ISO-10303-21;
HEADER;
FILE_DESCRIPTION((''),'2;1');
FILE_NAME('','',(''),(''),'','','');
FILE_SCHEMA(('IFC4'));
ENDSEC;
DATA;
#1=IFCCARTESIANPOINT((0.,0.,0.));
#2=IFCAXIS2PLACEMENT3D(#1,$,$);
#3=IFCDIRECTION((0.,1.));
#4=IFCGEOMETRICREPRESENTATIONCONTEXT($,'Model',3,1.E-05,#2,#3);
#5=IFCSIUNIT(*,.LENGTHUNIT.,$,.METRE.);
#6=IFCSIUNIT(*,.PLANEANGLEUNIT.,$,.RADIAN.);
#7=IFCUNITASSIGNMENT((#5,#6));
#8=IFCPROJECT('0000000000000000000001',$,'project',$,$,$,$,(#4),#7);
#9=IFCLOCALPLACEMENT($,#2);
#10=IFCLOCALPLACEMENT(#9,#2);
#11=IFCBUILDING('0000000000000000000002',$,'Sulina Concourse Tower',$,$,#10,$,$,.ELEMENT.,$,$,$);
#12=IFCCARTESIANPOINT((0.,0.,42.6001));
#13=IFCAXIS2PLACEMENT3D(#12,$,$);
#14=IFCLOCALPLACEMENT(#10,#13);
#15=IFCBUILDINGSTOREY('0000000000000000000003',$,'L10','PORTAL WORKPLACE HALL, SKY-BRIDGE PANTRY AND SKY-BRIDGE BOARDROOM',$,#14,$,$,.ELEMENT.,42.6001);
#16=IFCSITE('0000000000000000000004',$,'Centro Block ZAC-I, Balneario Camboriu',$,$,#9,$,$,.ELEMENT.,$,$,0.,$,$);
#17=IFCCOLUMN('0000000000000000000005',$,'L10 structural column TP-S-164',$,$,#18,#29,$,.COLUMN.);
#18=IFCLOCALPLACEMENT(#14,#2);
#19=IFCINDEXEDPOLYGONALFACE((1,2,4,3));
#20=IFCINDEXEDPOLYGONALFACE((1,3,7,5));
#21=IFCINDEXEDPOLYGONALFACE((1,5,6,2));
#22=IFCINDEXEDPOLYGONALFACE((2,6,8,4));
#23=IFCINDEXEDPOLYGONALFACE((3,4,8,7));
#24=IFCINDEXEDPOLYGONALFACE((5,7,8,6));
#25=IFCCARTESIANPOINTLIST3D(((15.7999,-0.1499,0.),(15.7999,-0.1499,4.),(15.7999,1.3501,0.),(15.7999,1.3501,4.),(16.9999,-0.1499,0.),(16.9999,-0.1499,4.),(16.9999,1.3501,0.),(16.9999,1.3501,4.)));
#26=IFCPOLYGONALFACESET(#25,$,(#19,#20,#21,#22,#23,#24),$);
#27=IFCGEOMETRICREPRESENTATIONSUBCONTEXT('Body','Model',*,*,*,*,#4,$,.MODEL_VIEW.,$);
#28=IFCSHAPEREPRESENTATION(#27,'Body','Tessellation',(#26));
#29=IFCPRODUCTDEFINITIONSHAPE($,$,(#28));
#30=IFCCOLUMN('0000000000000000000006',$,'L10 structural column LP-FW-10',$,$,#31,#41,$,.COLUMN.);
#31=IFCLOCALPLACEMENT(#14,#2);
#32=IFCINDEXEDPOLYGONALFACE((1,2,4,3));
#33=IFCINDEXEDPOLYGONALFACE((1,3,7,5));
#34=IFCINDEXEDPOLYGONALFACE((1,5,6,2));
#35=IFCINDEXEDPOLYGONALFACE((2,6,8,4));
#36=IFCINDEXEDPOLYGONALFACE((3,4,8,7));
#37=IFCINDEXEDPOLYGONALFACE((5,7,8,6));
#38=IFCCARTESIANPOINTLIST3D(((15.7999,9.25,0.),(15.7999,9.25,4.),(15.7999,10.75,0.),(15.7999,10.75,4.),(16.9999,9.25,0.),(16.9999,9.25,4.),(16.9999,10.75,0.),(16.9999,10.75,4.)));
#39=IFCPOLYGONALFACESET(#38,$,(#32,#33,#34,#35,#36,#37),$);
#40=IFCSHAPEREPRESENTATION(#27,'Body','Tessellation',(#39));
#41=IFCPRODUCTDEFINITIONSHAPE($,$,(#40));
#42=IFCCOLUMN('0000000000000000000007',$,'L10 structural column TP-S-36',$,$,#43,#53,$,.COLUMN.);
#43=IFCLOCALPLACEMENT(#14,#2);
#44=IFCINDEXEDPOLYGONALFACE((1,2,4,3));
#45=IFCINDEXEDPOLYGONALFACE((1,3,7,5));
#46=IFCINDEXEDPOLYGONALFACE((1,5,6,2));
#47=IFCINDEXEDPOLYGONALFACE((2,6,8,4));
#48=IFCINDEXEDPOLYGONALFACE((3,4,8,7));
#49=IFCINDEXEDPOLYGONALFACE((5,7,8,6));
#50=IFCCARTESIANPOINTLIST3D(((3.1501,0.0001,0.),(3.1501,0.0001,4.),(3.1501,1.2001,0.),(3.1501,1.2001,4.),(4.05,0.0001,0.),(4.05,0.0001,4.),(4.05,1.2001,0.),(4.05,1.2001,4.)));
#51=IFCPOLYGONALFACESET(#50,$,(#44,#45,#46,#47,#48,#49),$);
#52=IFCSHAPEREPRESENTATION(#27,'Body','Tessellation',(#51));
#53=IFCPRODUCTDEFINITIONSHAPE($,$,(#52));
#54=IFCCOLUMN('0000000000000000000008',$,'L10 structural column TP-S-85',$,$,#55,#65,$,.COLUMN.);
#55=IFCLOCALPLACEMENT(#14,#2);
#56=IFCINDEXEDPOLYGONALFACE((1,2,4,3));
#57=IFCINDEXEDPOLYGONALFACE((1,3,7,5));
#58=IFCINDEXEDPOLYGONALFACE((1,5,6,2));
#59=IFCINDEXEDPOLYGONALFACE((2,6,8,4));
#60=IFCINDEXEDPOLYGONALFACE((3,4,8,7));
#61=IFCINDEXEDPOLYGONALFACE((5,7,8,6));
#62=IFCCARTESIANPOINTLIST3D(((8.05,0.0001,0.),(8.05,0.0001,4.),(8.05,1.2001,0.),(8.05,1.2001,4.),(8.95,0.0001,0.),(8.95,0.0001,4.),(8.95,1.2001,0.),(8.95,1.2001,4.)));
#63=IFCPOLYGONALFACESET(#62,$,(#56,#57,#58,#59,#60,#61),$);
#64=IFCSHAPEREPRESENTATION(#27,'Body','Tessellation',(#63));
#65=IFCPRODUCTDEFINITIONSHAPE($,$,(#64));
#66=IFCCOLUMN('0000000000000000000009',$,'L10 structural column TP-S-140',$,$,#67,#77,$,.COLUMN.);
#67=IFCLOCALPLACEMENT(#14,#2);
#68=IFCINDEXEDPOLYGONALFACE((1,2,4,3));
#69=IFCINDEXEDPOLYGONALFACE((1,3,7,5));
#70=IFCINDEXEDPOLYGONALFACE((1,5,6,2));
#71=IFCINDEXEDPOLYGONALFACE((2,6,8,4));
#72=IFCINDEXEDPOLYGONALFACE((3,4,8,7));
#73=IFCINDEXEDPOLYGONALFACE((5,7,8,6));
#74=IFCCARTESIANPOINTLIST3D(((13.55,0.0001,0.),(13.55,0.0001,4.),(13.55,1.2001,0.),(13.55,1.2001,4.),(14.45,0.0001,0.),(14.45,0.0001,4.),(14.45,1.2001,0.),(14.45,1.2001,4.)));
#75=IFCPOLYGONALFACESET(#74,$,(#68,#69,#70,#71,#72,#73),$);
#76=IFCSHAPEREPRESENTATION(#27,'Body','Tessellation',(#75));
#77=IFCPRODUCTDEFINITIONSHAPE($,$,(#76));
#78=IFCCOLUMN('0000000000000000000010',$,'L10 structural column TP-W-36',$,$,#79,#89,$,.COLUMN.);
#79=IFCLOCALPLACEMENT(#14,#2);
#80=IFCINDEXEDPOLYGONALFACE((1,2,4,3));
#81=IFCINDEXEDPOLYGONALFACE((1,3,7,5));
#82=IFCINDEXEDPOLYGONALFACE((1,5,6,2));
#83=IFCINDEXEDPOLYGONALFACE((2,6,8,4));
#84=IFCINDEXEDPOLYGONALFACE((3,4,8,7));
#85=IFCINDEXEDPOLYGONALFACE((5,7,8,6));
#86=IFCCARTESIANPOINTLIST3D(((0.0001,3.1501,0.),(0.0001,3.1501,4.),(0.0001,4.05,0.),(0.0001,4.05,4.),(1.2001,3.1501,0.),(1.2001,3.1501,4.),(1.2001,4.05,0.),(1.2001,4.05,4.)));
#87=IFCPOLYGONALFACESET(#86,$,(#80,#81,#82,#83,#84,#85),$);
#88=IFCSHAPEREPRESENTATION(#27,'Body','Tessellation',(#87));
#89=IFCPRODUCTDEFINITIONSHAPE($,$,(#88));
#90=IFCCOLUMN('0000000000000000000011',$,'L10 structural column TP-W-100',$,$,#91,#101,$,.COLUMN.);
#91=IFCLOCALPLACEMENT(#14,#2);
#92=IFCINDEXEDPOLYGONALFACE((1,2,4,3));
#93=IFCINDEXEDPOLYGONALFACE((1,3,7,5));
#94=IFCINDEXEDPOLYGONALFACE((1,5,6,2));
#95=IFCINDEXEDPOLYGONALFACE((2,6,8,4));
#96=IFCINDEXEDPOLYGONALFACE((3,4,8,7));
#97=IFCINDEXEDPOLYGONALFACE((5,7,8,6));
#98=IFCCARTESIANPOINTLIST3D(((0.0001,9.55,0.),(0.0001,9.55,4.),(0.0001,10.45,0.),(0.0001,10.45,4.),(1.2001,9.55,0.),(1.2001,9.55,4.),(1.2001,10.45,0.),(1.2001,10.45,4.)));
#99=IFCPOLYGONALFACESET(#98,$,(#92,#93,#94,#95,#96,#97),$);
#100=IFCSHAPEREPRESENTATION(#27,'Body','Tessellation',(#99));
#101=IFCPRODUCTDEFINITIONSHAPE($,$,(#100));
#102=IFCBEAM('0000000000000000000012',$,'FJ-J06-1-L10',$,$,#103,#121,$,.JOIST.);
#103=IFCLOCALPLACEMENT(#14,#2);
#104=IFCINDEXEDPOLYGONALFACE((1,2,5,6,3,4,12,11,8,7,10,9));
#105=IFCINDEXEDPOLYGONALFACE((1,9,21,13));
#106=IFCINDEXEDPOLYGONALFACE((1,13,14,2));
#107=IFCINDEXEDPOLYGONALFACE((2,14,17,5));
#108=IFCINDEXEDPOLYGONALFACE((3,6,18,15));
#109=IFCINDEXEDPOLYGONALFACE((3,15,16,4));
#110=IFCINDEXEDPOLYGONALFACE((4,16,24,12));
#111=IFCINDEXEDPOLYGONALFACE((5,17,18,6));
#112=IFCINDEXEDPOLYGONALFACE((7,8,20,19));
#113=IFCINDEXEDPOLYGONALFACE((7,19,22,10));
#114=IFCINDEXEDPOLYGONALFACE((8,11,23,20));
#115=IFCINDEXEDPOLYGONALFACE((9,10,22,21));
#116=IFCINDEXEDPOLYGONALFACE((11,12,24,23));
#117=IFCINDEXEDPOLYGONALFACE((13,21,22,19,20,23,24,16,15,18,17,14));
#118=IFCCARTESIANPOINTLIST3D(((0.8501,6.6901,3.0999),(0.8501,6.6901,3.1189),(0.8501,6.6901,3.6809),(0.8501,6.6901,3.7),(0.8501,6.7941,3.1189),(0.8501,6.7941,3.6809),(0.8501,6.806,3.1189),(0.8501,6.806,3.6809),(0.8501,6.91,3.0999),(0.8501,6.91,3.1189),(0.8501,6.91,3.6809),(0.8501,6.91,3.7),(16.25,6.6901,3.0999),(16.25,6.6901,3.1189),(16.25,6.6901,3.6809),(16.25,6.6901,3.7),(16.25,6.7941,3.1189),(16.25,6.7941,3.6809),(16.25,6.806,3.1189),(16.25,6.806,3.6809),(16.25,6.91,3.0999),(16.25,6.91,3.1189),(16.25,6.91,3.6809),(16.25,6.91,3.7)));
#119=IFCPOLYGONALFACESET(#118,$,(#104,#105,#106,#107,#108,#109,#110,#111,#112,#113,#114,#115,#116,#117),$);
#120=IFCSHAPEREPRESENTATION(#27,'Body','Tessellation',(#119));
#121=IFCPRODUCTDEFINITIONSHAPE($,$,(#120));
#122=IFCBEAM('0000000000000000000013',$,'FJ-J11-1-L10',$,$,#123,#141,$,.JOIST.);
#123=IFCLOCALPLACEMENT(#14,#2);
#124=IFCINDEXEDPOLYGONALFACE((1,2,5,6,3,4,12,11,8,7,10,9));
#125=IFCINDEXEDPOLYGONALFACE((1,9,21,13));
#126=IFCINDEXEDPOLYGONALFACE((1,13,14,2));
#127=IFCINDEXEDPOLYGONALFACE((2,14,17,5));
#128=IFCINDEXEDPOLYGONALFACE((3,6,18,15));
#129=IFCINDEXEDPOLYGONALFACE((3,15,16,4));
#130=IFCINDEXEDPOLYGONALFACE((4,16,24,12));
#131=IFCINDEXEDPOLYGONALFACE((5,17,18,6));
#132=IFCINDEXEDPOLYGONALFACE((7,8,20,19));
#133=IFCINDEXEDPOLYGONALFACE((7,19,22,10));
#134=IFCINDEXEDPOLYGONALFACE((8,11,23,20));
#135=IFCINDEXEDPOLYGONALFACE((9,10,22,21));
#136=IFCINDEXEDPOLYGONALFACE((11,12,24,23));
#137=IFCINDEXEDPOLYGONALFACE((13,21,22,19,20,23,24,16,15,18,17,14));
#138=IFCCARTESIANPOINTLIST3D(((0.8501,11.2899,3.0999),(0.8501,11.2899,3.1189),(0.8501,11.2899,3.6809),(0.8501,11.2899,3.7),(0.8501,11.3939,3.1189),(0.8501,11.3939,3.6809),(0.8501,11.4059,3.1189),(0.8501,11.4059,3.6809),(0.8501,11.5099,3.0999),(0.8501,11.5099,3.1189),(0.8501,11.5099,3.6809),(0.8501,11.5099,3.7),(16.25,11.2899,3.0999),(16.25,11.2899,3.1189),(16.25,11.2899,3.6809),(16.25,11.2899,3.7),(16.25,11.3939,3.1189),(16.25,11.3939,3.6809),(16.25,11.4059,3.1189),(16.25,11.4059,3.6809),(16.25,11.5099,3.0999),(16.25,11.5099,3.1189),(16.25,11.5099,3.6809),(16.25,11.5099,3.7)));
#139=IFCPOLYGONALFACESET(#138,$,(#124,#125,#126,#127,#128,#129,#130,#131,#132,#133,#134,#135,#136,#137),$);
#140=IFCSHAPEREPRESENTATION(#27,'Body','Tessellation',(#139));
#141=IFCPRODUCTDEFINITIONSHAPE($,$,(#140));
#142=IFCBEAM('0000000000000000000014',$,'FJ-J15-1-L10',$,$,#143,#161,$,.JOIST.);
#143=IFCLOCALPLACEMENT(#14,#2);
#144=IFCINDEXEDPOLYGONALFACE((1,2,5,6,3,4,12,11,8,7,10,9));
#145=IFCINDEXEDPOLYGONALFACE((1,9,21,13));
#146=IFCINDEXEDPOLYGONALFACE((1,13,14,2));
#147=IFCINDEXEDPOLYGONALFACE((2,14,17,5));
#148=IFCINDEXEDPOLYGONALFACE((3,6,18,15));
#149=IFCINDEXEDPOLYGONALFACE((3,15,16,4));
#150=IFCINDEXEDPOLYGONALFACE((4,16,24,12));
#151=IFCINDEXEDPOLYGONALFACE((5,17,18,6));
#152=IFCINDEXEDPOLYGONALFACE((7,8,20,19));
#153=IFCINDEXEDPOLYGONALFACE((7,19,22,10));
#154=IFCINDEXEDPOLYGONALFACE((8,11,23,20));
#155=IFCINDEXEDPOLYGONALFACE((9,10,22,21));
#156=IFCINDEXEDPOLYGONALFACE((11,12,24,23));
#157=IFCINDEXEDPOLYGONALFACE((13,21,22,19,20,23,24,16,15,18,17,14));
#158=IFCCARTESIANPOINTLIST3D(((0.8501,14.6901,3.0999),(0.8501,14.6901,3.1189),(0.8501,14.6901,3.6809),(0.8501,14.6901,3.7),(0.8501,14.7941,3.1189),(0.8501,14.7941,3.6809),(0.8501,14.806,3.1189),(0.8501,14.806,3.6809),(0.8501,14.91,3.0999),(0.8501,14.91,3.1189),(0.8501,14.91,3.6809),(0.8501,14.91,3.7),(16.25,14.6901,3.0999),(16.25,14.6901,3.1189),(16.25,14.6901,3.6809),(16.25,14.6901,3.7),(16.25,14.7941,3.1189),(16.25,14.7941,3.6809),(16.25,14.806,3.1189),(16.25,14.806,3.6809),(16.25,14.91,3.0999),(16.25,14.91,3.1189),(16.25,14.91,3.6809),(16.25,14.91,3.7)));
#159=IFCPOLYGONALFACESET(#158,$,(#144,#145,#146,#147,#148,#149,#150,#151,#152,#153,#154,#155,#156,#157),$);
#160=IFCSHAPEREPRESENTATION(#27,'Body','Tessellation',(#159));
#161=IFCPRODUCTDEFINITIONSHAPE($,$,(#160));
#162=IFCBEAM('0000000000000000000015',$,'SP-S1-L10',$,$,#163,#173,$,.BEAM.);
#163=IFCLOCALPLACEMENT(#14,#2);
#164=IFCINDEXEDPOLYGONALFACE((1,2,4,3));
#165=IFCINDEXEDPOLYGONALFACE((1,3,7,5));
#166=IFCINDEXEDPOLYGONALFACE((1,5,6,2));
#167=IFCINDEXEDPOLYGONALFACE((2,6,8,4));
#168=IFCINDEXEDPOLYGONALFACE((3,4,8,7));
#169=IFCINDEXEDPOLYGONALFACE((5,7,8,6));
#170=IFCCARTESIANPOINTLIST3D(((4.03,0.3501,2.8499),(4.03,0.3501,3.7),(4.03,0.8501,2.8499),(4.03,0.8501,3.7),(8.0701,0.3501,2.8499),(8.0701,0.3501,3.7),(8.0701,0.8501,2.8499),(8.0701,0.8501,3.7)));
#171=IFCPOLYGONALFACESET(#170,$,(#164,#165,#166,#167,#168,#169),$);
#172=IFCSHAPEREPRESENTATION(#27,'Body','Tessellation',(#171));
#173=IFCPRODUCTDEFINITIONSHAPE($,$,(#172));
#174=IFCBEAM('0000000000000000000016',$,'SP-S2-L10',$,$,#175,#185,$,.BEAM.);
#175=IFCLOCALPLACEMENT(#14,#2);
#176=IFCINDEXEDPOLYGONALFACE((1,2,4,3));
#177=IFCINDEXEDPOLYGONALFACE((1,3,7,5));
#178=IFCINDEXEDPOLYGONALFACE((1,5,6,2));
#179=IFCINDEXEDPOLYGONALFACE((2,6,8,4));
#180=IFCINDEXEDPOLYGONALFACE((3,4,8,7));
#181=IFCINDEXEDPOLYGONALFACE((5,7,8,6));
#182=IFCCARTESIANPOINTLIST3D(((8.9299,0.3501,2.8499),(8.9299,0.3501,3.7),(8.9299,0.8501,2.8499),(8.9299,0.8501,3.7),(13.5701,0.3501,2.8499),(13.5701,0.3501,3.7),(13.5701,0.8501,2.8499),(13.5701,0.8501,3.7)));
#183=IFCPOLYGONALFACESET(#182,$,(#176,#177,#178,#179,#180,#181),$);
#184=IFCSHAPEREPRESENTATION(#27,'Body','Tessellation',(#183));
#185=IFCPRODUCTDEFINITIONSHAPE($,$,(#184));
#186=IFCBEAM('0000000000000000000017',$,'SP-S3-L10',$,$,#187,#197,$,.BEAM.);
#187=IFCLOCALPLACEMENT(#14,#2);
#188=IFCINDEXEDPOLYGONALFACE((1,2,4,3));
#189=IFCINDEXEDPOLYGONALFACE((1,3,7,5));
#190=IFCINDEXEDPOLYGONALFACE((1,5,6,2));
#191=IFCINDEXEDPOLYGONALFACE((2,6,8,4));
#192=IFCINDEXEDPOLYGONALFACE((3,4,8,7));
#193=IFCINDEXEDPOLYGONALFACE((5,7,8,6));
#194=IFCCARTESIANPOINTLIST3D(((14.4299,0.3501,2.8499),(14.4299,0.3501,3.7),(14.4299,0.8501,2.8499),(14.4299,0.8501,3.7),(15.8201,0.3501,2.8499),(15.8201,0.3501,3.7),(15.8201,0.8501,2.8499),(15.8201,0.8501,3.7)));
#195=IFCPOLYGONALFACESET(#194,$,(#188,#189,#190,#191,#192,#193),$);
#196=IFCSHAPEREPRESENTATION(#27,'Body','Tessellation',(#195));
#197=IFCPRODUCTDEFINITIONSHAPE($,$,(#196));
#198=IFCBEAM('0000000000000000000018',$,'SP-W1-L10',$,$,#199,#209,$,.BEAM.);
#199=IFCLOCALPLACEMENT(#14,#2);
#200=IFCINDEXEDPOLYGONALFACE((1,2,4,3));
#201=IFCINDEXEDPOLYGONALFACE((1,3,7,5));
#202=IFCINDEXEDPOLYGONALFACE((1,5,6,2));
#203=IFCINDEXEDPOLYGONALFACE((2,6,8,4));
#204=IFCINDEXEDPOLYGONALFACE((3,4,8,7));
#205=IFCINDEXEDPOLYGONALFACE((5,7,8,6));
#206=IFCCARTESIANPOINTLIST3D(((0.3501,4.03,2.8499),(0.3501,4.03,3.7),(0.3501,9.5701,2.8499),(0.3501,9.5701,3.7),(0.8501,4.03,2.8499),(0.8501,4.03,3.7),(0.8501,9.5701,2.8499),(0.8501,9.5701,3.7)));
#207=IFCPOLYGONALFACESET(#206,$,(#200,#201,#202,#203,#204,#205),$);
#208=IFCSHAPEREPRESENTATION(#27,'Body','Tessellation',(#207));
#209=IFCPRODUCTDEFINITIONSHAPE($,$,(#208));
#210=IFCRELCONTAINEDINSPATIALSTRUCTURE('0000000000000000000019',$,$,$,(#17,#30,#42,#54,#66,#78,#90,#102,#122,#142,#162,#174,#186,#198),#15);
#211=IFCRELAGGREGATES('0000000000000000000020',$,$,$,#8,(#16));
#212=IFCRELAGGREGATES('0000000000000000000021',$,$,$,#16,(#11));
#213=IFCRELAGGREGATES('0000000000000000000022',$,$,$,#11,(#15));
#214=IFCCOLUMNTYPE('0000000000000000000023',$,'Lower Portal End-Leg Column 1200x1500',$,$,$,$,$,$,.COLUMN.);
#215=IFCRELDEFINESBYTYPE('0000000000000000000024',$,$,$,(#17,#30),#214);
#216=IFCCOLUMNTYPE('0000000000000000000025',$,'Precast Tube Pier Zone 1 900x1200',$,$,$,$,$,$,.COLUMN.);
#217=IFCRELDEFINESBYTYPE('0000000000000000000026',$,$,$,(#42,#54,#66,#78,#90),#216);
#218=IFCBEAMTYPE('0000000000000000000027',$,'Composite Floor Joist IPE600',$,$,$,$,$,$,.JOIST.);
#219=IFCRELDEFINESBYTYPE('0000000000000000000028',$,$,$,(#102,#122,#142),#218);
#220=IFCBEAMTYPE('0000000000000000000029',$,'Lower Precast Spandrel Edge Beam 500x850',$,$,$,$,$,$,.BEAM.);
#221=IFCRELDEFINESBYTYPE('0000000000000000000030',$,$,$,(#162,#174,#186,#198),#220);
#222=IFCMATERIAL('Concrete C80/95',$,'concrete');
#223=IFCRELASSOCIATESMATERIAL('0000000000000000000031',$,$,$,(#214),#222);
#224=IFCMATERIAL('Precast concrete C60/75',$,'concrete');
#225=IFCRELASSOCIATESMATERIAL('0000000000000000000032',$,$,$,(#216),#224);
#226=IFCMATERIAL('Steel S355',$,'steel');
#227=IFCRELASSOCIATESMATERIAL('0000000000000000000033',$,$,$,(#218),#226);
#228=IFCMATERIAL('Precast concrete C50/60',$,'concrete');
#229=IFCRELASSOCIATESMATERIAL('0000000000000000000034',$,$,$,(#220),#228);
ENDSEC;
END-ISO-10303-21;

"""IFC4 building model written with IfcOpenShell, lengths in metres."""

from ifc_helpers import new_model, si_unit, direction, frame, origin, origin_2d, place, context, subcontext, project, spatial, rectangle, i_section, extrude, material, material_profile, profile_set, type_object, element, save


model = new_model("IFC4")

# Units and contexts
model_context = context("Model", 3, precision=1e-05, world=origin(), true_north=direction((0.0, 1.0)))
body_context = subcontext(model_context, "Body", "Model", "MODEL_VIEW")
ifc_project = project(units=[si_unit("LENGTHUNIT", "METRE"), si_unit("PLANEANGLEUNIT", "RADIAN")], contexts=[model_context])

# Site, building, storey
site_placement = place(None, origin())
site = spatial("IfcSite", under=ifc_project, at=site_placement, Name="Centro Block ZAC-I, Balneario Camboriu", CompositionType="ELEMENT", RefElevation=0.0)
building_placement = place(site_placement, origin())
building = spatial("IfcBuilding", under=site, at=building_placement, Name="Sulina Concourse Tower", CompositionType="ELEMENT")
storey_placement = place(building_placement, frame((0.0, 0.0, 42.6001)))
storey = spatial("IfcBuildingStorey", under=building, at=storey_placement, Name="L10", Description="PORTAL WORKPLACE HALL, SKY-BRIDGE PANTRY AND SKY-BRIDGE BOARDROOM", CompositionType="ELEMENT", Elevation=42.6001)

# Columns
ifc_material_1 = material(Name="Concrete C80/95", Category="concrete")
ifc_material_profile_1 = material_profile(ifc_material_1, rectangle(XDim=1.2, YDim=1.5, at=origin_2d()), Name="RC 1200x1500")
ifc_profile_set_1 = profile_set([ifc_material_profile_1], Name="Concrete C80/95")
column_type_1 = type_object("IfcColumnType", Name="Lower Portal End-Leg Column 1200x1500", PredefinedType="COLUMN", material=ifc_profile_set_1)
for number, where, z_axis, x_axis, name in (
    (1, (16.3999, 0.6001, 0.0), (0.0, 0.0, 1.0), (1.0, 0.0, 0.0), "L10 structural column TP-S-164"),
    (2, (16.3999, 10.0, 0.0), (0.0, 0.0, 1.0), (1.0, 0.0, 0.0), "L10 structural column LP-FW-10"),
):
    element("IfcColumn", number, at=place(storey_placement, frame(where, z_axis=z_axis, x_axis=x_axis)), inside=storey, type_object=column_type_1, Name=name, PredefinedType="COLUMN", context=body_context, shape_type="SweptSolid", body=[
        extrude(rectangle(XDim=1.2, YDim=1.5, at=origin_2d()), origin(), (0.0, 0.0, 1.0), 4.0),
    ])
ifc_material_2 = material(Name="Precast concrete C60/75", Category="concrete")
ifc_material_profile_2 = material_profile(ifc_material_2, rectangle(XDim=0.8999, YDim=1.2, at=origin_2d()), Name="PC 900x1200")
ifc_profile_set_2 = profile_set([ifc_material_profile_2], Name="Precast concrete C60/75")
column_type_2 = type_object("IfcColumnType", Name="Precast Tube Pier Zone 1 900x1200", PredefinedType="COLUMN", material=ifc_profile_set_2)
for number, where, z_axis, x_axis, name in (
    (3, (3.6001, 0.6001, 0.0), (0.0, 0.0, 1.0), (1.0, 0.0, 0.0), "L10 structural column TP-S-36"),
    (4, (8.5, 0.6001, 0.0), (0.0, 0.0, 1.0), (1.0, 0.0, 0.0), "L10 structural column TP-S-85"),
    (5, (14.0, 0.6001, 0.0), (0.0, 0.0, 1.0), (1.0, 0.0, 0.0), "L10 structural column TP-S-140"),
    (6, (0.6001, 3.6001, 0.0), (0.0, 0.0, 1.0), (0.0, 1.0, 0.0), "L10 structural column TP-W-36"),
    (7, (0.6001, 10.0, 0.0), (0.0, 0.0, 1.0), (0.0, 1.0, 0.0), "L10 structural column TP-W-100"),
):
    element("IfcColumn", number, at=place(storey_placement, frame(where, z_axis=z_axis, x_axis=x_axis)), inside=storey, type_object=column_type_2, Name=name, PredefinedType="COLUMN", context=body_context, shape_type="SweptSolid", body=[
        extrude(rectangle(XDim=0.8999, YDim=1.2, at=origin_2d()), origin(), (0.0, 0.0, 1.0), 4.0),
    ])

# Beams
ifc_material_3 = material(Name="Steel S355", Category="steel")
ifc_material_profile_3 = material_profile(ifc_material_3, i_section(OverallWidth=0.22, OverallDepth=0.6001, WebThickness=0.012, FlangeThickness=0.019, at=origin_2d()), Name="IPE 600")
ifc_profile_set_3 = profile_set([ifc_material_profile_3], Name="Steel S355")
beam_type_1 = type_object("IfcBeamType", Name="Composite Floor Joist IPE600", PredefinedType="JOIST", material=ifc_profile_set_3)
for number, where, z_axis, x_axis, name in (
    (8, (0.8501, 6.8, 3.3999), (1.0, 0.0, 0.0), (0.0, 1.0, 0.0), "FJ-J06-1-L10"),
    (9, (0.8501, 11.3999, 3.3999), (1.0, 0.0, 0.0), (0.0, 1.0, 0.0), "FJ-J11-1-L10"),
    (10, (0.8501, 14.8, 3.3999), (1.0, 0.0, 0.0), (0.0, 1.0, 0.0), "FJ-J15-1-L10"),
):
    element("IfcBeam", number, at=place(storey_placement, frame(where, z_axis=z_axis, x_axis=x_axis)), inside=storey, type_object=beam_type_1, Name=name, PredefinedType="JOIST", context=body_context, shape_type="SweptSolid", body=[
        extrude(i_section(OverallWidth=0.22, OverallDepth=0.6001, WebThickness=0.012, FlangeThickness=0.019, at=origin_2d()), origin(), (0.0, 0.0, 1.0), 15.3999),
    ])
ifc_material_4 = material(Name="Precast concrete C50/60", Category="concrete")
ifc_material_profile_4 = material_profile(ifc_material_4, rectangle(XDim=0.5, YDim=0.8501, at=origin_2d()), Name="RC 500x850")
ifc_profile_set_4 = profile_set([ifc_material_profile_4], Name="Precast concrete C50/60")
beam_type_2 = type_object("IfcBeamType", Name="Lower Precast Spandrel Edge Beam 500x850", PredefinedType="BEAM", material=ifc_profile_set_4)
beam_1_placement = place(storey_placement, frame((4.03, 0.6001, 3.2749), z_axis=(1.0, 0.0, 0.0), x_axis=(0.0, 1.0, 0.0)))
element("IfcBeam", 11, at=beam_1_placement, inside=storey, type_object=beam_type_2, Name="SP-S1-L10", PredefinedType="BEAM", context=body_context, shape_type="SweptSolid", body=[
    extrude(rectangle(XDim=0.5, YDim=0.8501, at=origin_2d()), origin(), (0.0, 0.0, 1.0), 4.04),
])
beam_2_placement = place(storey_placement, frame((8.9299, 0.6001, 3.2749), z_axis=(1.0, 0.0, 0.0), x_axis=(0.0, 1.0, 0.0)))
element("IfcBeam", 12, at=beam_2_placement, inside=storey, type_object=beam_type_2, Name="SP-S2-L10", PredefinedType="BEAM", context=body_context, shape_type="SweptSolid", body=[
    extrude(rectangle(XDim=0.5, YDim=0.8501, at=origin_2d()), origin(), (0.0, 0.0, 1.0), 4.6401),
])
beam_3_placement = place(storey_placement, frame((14.4299, 0.6001, 3.2749), z_axis=(1.0, 0.0, 0.0), x_axis=(0.0, 1.0, 0.0)))
element("IfcBeam", 13, at=beam_3_placement, inside=storey, type_object=beam_type_2, Name="SP-S3-L10", PredefinedType="BEAM", context=body_context, shape_type="SweptSolid", body=[
    extrude(rectangle(XDim=0.5, YDim=0.8501, at=origin_2d()), origin(), (0.0, 0.0, 1.0), 1.3901),
])
beam_4_placement = place(storey_placement, frame((0.6001, 4.03, 3.2749), z_axis=(0.0, 1.0, 0.0), x_axis=(-1.0, 0.0, 0.0)))
element("IfcBeam", 14, at=beam_4_placement, inside=storey, type_object=beam_type_2, Name="SP-W1-L10", PredefinedType="BEAM", context=body_context, shape_type="SweptSolid", body=[
    extrude(rectangle(XDim=0.5, YDim=0.8501, at=origin_2d()), origin(), (0.0, 0.0, 1.0), 5.54),
])

save(model, "model.ifc")
